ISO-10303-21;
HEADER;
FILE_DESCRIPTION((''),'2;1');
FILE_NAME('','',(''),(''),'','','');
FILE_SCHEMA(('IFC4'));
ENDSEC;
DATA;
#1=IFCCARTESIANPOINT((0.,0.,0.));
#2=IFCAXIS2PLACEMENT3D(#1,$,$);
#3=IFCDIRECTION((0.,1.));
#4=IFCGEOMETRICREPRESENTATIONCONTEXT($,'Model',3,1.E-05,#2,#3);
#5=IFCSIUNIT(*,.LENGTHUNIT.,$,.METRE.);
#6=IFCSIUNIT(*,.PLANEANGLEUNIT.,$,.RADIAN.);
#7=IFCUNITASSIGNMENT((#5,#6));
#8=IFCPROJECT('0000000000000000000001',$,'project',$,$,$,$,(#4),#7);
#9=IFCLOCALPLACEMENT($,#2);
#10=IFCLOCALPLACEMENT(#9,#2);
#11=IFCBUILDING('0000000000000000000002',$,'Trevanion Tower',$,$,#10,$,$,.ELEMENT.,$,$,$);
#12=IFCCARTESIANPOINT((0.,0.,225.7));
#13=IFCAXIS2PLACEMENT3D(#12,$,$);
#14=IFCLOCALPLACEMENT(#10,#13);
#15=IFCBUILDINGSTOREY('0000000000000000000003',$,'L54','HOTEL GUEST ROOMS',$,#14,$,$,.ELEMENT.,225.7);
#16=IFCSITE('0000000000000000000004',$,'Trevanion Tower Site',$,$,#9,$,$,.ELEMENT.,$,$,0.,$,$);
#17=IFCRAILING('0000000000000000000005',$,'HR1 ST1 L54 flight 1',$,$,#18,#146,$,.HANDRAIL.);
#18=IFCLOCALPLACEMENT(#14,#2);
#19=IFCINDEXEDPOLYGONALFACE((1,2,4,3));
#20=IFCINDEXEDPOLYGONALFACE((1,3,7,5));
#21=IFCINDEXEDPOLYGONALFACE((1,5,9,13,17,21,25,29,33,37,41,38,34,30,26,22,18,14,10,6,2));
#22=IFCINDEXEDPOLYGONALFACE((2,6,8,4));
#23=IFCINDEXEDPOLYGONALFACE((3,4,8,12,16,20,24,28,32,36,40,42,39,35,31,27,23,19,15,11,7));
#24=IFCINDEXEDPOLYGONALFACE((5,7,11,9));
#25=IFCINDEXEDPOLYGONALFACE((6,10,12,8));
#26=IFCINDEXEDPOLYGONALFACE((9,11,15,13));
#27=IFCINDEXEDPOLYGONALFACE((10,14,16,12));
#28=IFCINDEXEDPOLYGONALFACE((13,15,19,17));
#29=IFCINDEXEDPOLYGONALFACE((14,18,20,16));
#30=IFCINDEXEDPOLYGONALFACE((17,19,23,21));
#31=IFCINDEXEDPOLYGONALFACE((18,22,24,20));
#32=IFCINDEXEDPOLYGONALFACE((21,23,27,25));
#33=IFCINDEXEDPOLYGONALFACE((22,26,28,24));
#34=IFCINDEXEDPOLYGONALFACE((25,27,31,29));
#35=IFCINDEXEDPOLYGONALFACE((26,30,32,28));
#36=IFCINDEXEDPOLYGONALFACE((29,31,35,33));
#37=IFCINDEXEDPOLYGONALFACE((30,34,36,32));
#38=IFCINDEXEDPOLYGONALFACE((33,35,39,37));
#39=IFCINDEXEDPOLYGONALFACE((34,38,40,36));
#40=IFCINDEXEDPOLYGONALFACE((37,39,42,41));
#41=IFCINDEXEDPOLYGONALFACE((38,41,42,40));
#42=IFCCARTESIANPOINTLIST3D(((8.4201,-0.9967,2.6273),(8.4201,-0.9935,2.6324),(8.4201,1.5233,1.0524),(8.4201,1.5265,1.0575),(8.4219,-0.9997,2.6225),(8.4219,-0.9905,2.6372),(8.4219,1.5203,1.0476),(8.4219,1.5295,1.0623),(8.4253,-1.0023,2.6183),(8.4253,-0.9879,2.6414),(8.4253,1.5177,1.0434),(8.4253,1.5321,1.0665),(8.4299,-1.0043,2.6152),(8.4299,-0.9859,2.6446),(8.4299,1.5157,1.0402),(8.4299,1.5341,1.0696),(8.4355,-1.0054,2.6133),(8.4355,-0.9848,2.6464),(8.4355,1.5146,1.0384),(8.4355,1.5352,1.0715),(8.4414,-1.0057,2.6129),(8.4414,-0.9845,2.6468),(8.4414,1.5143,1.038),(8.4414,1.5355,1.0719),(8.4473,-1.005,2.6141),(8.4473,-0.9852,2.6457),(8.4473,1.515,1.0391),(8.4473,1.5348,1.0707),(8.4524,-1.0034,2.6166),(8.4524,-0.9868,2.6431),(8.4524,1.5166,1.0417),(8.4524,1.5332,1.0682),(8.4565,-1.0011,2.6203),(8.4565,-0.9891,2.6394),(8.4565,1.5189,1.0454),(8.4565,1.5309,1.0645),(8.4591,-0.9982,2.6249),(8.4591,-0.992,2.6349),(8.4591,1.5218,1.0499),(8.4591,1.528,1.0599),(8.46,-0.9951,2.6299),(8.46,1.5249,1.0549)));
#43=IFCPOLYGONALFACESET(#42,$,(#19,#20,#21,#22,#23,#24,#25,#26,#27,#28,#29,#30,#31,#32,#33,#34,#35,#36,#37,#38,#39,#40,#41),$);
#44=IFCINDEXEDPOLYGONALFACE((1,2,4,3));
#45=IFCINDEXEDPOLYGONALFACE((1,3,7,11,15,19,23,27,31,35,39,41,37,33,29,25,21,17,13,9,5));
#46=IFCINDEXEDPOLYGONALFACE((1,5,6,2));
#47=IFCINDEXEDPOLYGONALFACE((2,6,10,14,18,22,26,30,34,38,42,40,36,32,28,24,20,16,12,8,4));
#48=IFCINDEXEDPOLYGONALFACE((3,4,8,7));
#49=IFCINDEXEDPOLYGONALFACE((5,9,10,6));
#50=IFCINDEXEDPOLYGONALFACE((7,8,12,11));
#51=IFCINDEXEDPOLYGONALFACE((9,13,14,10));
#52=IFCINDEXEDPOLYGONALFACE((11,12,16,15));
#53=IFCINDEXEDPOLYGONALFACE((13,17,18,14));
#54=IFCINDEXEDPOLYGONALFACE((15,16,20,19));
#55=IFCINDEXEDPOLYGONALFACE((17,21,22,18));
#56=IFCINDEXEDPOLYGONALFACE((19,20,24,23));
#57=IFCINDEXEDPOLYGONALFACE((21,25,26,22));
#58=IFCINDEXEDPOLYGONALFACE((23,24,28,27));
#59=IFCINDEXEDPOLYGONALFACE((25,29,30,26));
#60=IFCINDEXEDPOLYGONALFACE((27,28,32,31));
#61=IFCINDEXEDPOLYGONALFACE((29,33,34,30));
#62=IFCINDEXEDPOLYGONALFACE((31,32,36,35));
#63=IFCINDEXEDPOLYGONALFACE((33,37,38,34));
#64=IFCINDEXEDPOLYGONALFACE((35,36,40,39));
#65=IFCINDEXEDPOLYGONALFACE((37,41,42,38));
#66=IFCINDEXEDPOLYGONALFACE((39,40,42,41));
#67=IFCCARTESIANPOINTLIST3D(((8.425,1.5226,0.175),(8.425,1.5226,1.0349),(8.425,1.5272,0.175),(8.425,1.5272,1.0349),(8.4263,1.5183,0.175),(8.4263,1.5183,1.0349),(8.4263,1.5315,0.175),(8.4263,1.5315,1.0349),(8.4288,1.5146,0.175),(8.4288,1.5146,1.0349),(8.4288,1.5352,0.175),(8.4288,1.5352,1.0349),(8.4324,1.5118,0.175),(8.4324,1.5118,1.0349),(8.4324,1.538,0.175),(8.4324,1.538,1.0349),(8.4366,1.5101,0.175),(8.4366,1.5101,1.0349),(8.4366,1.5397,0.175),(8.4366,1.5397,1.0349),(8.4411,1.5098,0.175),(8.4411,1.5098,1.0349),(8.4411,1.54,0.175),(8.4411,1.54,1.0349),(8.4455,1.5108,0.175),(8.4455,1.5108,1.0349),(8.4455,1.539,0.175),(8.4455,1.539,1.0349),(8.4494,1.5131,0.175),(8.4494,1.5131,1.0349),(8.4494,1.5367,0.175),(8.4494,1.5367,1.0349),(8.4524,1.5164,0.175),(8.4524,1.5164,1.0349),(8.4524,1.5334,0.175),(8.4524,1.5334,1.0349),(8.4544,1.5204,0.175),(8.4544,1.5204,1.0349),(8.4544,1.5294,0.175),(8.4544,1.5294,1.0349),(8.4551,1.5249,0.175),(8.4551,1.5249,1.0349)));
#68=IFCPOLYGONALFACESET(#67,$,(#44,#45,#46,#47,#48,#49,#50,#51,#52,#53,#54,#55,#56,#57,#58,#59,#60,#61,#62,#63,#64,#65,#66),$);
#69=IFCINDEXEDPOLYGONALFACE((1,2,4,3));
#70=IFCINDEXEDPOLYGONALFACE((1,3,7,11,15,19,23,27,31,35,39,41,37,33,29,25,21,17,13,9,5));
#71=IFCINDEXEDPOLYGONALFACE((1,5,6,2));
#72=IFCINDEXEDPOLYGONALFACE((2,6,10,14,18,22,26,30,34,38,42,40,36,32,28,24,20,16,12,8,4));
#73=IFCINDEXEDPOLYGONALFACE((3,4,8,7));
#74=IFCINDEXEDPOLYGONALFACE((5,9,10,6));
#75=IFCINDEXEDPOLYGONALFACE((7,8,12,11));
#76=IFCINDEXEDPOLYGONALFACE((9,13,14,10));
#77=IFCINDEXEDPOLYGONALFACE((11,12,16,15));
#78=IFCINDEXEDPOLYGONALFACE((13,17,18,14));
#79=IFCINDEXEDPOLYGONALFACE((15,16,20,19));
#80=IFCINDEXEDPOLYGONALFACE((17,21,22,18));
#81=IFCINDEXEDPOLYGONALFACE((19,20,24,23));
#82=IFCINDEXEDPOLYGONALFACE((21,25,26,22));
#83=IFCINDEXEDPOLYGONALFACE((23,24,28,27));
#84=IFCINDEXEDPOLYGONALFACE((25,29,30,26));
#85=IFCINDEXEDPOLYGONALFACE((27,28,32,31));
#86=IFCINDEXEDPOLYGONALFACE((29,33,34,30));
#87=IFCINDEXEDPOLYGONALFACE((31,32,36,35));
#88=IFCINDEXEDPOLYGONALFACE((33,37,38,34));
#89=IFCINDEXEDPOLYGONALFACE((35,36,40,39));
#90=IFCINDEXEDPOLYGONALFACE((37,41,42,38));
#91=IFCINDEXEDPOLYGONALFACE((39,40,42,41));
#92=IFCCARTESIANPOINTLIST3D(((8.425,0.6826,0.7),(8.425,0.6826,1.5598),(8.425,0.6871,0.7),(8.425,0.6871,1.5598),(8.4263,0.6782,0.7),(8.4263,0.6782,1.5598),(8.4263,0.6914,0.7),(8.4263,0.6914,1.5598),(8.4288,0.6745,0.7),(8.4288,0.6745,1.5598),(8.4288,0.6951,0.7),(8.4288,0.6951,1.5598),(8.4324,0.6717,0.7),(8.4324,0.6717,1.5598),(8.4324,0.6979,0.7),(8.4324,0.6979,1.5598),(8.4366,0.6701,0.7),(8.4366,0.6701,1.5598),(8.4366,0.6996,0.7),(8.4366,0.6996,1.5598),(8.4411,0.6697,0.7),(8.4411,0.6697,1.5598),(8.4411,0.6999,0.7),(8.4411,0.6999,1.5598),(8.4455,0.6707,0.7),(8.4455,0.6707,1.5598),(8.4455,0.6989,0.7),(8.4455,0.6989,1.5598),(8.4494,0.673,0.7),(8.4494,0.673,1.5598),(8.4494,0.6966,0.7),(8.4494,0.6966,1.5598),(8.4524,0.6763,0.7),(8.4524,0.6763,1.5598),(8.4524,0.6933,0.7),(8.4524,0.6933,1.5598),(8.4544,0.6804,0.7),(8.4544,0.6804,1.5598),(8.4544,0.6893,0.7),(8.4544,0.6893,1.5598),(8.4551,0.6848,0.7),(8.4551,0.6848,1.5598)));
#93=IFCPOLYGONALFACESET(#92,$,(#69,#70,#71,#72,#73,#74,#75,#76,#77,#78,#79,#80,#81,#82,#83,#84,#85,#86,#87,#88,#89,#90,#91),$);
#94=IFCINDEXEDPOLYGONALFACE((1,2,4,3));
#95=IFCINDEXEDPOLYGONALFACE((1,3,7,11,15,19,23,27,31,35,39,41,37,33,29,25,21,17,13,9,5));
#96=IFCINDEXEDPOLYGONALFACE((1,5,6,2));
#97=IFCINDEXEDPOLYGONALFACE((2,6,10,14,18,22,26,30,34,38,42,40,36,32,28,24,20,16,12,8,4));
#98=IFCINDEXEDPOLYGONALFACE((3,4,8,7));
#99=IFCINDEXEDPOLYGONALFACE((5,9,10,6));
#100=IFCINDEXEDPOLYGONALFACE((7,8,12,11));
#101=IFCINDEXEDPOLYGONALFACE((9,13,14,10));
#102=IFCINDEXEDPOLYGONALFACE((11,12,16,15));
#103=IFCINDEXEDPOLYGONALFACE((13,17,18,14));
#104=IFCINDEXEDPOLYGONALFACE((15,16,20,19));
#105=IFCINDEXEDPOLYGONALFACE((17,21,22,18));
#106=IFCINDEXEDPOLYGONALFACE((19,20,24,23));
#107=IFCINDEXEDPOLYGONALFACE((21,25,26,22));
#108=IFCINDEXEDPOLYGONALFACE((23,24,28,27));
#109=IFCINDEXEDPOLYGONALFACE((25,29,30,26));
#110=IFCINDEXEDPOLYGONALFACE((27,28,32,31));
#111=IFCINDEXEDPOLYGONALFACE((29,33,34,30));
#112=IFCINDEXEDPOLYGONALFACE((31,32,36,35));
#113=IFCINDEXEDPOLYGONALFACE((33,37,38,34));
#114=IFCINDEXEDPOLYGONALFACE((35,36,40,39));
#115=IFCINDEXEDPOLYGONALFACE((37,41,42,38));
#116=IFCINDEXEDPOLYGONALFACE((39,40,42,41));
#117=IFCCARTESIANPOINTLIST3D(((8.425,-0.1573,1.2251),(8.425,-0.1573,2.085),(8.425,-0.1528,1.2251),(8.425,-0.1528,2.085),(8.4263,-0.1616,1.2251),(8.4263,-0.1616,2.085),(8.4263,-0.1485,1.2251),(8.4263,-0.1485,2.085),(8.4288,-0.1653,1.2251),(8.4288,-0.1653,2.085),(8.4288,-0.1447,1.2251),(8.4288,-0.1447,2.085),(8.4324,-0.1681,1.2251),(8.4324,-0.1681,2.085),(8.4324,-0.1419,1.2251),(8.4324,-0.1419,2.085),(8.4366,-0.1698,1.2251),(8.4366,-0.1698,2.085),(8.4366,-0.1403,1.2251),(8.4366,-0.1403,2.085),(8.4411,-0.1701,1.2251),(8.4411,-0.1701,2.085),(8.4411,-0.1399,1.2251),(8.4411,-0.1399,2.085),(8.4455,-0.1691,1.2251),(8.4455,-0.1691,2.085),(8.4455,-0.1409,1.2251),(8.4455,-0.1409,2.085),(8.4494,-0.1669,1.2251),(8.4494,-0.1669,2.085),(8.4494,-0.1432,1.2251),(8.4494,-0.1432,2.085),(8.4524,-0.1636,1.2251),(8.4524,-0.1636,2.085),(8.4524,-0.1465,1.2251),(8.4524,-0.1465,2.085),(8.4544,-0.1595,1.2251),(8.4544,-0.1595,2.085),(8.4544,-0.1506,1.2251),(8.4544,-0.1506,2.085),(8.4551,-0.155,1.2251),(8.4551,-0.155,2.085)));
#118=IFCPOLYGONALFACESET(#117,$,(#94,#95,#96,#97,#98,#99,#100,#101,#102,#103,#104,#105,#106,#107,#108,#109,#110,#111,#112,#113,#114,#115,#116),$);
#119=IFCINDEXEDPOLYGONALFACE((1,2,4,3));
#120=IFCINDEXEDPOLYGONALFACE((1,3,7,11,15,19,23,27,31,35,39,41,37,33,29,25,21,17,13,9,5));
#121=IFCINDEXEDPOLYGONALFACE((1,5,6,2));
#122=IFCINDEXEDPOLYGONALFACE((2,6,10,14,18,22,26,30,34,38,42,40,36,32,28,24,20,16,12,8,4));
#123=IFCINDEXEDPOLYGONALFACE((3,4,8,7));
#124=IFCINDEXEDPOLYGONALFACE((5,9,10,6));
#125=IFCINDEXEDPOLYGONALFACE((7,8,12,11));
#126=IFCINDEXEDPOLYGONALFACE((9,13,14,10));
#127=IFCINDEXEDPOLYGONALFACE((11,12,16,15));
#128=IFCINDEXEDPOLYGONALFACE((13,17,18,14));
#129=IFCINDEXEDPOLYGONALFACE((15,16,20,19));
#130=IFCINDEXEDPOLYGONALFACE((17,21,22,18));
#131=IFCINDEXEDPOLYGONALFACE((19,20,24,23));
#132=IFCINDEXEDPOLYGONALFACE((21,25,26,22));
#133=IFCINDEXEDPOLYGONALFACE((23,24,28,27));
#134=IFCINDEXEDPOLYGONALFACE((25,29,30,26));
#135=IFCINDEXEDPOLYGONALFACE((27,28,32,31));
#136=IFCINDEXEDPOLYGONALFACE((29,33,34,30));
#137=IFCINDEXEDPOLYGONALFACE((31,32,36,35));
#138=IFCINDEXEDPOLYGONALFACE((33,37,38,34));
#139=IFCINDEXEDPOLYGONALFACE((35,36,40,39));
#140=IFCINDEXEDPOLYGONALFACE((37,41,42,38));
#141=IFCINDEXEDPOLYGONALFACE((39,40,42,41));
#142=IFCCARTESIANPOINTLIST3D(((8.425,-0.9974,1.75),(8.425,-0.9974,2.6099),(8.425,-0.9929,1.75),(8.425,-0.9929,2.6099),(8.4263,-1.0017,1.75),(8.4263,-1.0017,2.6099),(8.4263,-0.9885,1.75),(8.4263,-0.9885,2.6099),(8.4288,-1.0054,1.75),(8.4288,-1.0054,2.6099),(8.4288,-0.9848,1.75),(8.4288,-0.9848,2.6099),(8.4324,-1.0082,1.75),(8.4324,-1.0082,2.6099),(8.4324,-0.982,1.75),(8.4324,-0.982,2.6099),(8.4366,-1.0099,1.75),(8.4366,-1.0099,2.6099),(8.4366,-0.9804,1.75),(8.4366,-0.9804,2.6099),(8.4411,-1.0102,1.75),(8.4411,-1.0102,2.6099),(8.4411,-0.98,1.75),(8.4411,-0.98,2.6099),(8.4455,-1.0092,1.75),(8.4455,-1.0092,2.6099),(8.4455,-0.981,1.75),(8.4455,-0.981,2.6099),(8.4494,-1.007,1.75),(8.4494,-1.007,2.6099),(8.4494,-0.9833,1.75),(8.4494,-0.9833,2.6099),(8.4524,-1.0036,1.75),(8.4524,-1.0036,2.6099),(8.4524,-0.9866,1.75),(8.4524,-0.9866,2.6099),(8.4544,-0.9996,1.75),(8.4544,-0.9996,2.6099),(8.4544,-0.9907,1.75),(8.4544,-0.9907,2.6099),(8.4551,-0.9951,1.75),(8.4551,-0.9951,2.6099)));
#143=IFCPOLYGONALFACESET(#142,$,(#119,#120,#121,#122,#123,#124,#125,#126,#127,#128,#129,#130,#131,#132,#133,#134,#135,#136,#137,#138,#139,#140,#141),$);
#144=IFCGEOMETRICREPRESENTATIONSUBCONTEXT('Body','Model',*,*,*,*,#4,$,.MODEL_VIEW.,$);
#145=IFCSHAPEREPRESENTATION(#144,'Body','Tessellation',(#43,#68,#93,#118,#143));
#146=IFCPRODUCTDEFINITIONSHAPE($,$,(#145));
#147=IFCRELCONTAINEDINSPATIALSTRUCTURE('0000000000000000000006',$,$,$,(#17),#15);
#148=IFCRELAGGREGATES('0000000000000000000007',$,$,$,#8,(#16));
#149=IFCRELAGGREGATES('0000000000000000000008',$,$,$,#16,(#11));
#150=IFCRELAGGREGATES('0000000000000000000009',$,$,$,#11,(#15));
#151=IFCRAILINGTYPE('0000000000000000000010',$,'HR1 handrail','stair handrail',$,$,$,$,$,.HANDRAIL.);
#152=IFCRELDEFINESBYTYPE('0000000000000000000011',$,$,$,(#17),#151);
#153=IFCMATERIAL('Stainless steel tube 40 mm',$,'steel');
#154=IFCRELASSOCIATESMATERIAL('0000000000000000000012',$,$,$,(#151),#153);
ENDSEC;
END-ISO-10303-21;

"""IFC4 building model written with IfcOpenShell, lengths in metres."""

from ifc_helpers import new_model, si_unit, direction, frame, origin, origin_2d, place, context, subcontext, project, spatial, circle, extrude, material, type_object, element, save


model = new_model("IFC4")

# Units and contexts
model_context = context("Model", 3, precision=1e-05, world=origin(), true_north=direction((0.0, 1.0)))
body_context = subcontext(model_context, "Body", "Model", "MODEL_VIEW")
ifc_project = project(units=[si_unit("LENGTHUNIT", "METRE"), si_unit("PLANEANGLEUNIT", "RADIAN")], contexts=[model_context])

# Site, building, storey
site_placement = place(None, origin())
site = spatial("IfcSite", under=ifc_project, at=site_placement, Name="Trevanion Tower Site", CompositionType="ELEMENT", RefElevation=0.0)
building_placement = place(site_placement, origin())
building = spatial("IfcBuilding", under=site, at=building_placement, Name="Trevanion Tower", CompositionType="ELEMENT")
storey_placement = place(building_placement, frame((0.0, 0.0, 225.7)))
storey = spatial("IfcBuildingStorey", under=building, at=storey_placement, Name="L54", Description="HOTEL GUEST ROOMS", CompositionType="ELEMENT", Elevation=225.7)

# Railing
ifc_material_1 = material(Name="Stainless steel tube 40 mm", Category="steel")
railing_type = type_object("IfcRailingType", Name="HR1 handrail", Description="stair handrail", PredefinedType="HANDRAIL", material=ifc_material_1)
for number, where, name in (
    (1, (8.4399, 1.5249, 0.175), "HR1 ST1 L54 flight 1"),
):
    element("IfcRailing", number, at=place(storey_placement, frame(where)), inside=storey, type_object=railing_type, Name=name, PredefinedType="HANDRAIL", context=body_context, shape_type="SweptSolid", body=[
        extrude(circle(Radius=0.02, at=origin_2d()), frame((0.0, 0.0, 0.8799), z_axis=(0.0, -0.848008, 0.529984), x_axis=(1.0, 0.0, 0.0)), (0.0, 0.0, 1.0), 2.9717),
        extrude(circle(Radius=0.0151, at=origin_2d()), origin(), (0.0, 0.0, 1.0), 0.8599),
        extrude(circle(Radius=0.0151, at=origin_2d()), frame((0.0, -0.8401, 0.5249)), (0.0, 0.0, 1.0), 0.8599),
        extrude(circle(Radius=0.0151, at=origin_2d()), frame((0.0, -1.6799, 1.05)), (0.0, 0.0, 1.0), 0.8599),
        extrude(circle(Radius=0.0151, at=origin_2d()), frame((0.0, -2.52, 1.575)), (0.0, 0.0, 1.0), 0.8599),
    ])

save(model, "model.ifc")
